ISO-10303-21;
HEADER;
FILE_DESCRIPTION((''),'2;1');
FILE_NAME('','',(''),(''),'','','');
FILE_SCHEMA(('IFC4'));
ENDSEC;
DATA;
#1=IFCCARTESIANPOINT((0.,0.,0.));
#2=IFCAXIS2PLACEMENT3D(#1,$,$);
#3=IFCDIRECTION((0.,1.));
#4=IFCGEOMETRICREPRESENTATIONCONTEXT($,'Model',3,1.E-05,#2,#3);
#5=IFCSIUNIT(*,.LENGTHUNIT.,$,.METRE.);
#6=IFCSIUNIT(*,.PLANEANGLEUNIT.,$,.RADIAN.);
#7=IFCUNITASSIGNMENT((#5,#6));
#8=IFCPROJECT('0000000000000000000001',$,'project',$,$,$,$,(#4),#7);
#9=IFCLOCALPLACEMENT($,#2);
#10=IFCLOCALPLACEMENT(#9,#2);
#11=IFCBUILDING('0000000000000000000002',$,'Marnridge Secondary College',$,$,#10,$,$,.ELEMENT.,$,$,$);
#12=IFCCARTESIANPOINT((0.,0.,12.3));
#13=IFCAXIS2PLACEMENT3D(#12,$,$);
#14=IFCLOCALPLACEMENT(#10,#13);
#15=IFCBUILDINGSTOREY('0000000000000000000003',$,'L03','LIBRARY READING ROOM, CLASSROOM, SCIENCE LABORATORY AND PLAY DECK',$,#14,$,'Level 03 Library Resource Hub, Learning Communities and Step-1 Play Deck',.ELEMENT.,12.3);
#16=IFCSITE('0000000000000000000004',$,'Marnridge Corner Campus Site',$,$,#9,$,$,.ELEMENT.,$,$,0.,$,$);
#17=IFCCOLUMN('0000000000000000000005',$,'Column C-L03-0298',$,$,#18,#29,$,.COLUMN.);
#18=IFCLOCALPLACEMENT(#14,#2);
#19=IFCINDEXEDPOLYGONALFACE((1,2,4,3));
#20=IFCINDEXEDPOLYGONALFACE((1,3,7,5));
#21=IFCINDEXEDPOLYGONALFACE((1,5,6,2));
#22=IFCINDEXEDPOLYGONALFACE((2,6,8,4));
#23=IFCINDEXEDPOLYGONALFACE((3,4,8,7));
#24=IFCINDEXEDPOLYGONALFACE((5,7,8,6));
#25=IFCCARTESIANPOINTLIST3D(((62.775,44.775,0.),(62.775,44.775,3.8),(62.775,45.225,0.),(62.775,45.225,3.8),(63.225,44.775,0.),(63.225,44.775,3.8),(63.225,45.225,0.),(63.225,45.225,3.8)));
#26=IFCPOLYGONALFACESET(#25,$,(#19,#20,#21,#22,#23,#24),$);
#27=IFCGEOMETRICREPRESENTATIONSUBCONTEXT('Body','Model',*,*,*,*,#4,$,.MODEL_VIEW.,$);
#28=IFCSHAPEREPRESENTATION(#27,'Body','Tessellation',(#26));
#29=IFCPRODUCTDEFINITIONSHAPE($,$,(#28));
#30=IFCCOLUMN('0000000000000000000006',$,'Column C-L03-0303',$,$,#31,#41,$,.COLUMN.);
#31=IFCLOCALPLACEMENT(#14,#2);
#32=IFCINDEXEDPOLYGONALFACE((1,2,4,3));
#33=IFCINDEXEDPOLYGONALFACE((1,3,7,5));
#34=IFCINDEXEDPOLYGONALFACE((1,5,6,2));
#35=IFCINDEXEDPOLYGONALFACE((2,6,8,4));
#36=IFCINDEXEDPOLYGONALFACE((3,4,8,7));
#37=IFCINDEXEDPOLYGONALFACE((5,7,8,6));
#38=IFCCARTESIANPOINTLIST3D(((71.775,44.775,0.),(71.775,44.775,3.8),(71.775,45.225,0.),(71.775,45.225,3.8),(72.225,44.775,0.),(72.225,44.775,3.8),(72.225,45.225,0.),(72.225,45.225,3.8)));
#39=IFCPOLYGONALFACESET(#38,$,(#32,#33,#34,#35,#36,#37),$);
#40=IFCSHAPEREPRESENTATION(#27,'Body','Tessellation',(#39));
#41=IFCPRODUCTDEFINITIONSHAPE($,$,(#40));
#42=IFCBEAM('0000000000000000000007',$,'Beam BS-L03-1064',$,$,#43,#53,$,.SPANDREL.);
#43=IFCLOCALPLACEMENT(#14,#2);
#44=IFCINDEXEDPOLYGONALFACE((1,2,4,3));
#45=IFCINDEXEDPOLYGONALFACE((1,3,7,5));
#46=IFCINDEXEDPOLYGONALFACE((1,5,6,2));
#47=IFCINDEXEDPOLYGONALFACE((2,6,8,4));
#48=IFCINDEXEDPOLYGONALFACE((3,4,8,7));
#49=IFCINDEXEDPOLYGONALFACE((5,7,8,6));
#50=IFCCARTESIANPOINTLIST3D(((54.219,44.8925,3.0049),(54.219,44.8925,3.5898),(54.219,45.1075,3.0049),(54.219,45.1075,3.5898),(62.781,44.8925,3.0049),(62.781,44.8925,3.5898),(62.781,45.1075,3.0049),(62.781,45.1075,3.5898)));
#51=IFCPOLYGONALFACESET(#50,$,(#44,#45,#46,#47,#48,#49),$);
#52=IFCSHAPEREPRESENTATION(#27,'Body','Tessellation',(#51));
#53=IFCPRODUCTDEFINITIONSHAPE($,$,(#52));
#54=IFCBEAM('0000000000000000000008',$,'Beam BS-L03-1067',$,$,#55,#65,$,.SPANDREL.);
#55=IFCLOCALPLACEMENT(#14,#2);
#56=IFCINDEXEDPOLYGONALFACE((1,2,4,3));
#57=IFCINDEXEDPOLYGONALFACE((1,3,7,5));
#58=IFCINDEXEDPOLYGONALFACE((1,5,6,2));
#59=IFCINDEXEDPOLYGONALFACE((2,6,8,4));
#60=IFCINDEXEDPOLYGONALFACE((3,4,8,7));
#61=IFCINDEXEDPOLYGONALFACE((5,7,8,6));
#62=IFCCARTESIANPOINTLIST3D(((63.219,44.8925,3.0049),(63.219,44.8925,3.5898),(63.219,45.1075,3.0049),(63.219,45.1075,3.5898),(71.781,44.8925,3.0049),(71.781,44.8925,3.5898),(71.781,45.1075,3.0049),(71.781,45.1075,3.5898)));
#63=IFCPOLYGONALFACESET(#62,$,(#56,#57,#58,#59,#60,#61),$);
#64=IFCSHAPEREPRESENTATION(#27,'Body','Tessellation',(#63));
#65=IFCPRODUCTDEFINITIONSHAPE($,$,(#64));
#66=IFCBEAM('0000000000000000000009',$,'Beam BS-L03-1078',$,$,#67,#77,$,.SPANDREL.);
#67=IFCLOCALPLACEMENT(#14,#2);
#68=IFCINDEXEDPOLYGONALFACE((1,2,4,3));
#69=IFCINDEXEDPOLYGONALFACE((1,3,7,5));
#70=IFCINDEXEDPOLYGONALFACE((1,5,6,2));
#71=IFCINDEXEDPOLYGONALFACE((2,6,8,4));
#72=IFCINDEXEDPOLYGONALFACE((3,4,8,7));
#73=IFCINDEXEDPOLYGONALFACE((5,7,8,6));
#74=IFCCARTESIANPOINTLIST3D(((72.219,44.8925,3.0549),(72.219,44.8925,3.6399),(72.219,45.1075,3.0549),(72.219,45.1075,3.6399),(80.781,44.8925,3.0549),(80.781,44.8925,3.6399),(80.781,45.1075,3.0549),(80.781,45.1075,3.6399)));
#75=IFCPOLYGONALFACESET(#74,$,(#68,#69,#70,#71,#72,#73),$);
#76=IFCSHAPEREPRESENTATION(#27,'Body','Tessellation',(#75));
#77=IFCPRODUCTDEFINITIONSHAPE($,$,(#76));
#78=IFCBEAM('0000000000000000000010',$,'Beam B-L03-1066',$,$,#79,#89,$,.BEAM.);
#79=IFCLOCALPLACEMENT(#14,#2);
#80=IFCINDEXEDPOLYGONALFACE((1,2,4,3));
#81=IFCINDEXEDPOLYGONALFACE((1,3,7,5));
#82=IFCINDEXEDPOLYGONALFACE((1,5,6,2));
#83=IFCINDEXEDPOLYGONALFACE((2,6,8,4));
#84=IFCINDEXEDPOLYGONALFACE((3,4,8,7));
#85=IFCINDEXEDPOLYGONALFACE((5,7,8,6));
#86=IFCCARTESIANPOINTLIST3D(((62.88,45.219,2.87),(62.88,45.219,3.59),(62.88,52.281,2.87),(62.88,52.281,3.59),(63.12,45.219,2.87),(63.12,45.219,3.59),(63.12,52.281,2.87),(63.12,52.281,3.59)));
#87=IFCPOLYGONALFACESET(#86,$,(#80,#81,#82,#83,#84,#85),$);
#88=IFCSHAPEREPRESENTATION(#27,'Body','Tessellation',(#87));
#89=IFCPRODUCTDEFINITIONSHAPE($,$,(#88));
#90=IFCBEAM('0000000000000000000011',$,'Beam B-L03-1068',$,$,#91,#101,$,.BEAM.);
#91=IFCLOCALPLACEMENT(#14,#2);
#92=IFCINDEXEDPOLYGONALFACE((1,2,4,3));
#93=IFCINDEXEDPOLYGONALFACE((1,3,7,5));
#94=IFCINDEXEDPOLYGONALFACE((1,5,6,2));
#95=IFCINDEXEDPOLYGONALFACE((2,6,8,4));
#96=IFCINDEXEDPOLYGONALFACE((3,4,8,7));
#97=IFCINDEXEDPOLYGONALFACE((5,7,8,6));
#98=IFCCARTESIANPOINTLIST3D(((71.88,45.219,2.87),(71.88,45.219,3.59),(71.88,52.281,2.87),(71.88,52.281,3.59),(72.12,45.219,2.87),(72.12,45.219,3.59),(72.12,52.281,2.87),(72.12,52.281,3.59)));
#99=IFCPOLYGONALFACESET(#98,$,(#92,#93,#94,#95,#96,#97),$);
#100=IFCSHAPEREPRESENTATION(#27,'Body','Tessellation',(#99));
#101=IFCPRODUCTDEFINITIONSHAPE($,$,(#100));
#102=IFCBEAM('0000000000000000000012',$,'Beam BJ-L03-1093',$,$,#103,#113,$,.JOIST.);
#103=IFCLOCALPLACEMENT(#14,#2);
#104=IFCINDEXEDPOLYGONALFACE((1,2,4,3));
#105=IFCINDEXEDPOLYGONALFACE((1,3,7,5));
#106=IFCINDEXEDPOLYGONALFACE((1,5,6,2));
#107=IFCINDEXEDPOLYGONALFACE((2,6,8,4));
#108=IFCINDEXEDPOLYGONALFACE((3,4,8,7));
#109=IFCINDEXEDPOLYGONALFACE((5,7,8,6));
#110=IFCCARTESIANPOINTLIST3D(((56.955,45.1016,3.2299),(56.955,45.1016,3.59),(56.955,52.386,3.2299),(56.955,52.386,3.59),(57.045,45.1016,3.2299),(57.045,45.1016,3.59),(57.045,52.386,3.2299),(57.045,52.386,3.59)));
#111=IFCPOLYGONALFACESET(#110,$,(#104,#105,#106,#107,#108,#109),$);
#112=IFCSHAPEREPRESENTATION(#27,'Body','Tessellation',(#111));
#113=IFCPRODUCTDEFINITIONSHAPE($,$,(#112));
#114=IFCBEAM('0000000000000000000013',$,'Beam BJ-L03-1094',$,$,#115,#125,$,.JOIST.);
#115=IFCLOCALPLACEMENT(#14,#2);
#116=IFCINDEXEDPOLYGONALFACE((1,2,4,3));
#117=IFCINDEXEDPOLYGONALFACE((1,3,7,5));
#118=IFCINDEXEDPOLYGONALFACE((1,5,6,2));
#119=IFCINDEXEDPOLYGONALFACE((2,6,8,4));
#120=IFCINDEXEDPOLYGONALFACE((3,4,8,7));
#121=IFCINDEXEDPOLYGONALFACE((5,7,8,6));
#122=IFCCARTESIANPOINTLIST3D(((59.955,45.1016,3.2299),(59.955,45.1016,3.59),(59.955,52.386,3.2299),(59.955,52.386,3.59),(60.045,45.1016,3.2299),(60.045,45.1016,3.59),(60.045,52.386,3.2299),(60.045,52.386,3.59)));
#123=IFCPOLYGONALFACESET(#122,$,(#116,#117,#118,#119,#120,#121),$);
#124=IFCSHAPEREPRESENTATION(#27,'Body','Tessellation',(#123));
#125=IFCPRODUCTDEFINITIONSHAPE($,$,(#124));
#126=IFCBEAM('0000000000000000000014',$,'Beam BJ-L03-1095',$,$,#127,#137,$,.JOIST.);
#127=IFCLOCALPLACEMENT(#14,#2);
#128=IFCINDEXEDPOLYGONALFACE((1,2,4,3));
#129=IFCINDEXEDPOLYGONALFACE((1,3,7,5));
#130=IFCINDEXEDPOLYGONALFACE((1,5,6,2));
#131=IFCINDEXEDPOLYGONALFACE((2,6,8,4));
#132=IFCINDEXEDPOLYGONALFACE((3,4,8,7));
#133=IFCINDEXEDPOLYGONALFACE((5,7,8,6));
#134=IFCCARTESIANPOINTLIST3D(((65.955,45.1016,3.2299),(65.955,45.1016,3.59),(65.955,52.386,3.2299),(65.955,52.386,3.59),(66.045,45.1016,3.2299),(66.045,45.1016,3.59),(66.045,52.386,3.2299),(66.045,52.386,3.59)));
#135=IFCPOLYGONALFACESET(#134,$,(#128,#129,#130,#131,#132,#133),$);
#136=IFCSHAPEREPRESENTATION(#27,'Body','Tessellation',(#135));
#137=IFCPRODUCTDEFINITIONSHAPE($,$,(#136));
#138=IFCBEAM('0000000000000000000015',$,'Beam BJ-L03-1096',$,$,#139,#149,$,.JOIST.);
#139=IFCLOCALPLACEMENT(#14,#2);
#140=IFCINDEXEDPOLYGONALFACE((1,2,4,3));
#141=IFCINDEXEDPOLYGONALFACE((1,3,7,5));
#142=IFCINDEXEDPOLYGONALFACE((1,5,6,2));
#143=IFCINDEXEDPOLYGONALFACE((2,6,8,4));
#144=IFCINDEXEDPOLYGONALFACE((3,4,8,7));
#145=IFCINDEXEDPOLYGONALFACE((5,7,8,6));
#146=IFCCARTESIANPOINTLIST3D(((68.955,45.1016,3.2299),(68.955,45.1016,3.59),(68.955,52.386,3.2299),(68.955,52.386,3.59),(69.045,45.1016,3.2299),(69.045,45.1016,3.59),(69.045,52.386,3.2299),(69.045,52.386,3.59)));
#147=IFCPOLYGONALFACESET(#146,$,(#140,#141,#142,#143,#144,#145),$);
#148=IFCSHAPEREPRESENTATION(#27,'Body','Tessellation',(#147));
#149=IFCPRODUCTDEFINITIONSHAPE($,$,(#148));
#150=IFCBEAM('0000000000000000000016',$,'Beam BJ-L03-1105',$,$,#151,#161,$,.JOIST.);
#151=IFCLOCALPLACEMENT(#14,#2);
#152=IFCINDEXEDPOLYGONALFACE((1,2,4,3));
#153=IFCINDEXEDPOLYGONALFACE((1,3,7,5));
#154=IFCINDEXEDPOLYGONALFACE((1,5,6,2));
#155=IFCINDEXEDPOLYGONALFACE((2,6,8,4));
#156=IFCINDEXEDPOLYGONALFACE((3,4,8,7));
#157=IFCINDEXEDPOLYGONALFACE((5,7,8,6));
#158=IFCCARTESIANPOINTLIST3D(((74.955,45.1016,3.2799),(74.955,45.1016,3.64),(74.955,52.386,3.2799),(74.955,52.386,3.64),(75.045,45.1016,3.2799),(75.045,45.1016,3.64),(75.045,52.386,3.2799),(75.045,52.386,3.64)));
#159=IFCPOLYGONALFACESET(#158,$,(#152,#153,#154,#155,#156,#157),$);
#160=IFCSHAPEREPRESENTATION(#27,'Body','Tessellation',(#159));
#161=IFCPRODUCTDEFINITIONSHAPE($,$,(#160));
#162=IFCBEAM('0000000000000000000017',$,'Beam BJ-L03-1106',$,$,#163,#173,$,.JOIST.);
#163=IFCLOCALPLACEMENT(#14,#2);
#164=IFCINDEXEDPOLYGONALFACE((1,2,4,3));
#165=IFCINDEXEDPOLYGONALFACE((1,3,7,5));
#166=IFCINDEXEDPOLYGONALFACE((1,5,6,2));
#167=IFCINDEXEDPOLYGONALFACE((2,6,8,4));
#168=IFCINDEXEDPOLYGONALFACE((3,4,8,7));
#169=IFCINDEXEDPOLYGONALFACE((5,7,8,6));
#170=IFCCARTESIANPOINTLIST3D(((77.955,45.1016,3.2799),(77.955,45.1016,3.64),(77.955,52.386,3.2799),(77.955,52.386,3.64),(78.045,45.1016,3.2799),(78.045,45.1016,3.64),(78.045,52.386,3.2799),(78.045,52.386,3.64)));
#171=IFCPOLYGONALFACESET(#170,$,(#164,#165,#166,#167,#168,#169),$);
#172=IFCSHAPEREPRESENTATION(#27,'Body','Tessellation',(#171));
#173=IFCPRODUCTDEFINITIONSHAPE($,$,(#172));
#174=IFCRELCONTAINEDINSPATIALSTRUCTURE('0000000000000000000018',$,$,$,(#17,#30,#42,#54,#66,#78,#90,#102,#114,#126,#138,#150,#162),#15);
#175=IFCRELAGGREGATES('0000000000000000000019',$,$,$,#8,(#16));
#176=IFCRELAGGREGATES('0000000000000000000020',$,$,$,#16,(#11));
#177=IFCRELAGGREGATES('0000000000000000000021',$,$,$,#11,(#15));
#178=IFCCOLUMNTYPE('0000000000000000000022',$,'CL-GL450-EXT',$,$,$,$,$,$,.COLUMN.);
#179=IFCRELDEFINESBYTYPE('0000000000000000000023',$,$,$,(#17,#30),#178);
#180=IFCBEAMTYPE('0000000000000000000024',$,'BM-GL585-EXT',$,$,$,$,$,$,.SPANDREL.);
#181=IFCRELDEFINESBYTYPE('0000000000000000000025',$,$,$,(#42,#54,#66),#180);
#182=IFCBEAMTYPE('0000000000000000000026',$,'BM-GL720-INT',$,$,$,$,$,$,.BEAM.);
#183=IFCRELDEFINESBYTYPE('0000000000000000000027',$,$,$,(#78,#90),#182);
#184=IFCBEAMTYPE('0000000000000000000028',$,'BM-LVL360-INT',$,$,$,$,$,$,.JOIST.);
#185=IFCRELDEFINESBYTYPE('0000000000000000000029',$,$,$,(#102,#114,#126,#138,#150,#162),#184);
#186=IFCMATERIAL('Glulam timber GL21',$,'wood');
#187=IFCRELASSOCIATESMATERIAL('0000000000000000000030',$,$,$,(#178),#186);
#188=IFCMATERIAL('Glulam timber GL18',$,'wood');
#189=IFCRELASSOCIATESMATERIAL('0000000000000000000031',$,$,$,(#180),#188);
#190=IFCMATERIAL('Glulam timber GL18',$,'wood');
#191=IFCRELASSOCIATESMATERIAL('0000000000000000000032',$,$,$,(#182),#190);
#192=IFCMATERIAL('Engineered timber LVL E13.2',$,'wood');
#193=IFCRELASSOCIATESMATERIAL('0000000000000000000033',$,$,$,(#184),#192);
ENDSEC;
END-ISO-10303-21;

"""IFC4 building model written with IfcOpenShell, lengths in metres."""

from ifc_helpers import new_model, si_unit, direction, frame, origin, origin_2d, place, context, subcontext, project, spatial, rectangle, extrude, material, material_profile, profile_set, type_object, element, save


model = new_model("IFC4")

# Units and contexts
model_context = context("Model", 3, precision=1e-05, world=origin(), true_north=direction((0.0, 1.0)))
body_context = subcontext(model_context, "Body", "Model", "MODEL_VIEW")
ifc_project = project(units=[si_unit("LENGTHUNIT", "METRE"), si_unit("PLANEANGLEUNIT", "RADIAN")], contexts=[model_context])

# Site, building, storey
site_placement = place(None, origin())
site = spatial("IfcSite", under=ifc_project, at=site_placement, Name="Marnridge Corner Campus Site", CompositionType="ELEMENT", RefElevation=0.0)
building_placement = place(site_placement, origin())
building = spatial("IfcBuilding", under=site, at=building_placement, Name="Marnridge Secondary College", CompositionType="ELEMENT")
storey_placement = place(building_placement, frame((0.0, 0.0, 12.3)))
storey = spatial("IfcBuildingStorey", under=building, at=storey_placement, Name="L03", Description="LIBRARY READING ROOM, CLASSROOM, SCIENCE LABORATORY AND PLAY DECK", LongName="Level 03 Library Resource Hub, Learning Communities and Step-1 Play Deck", CompositionType="ELEMENT", Elevation=12.3)

# Columns
ifc_material_1 = material(Name="Glulam timber GL21", Category="wood")
ifc_material_profile_1 = material_profile(ifc_material_1, rectangle(XDim=0.45, YDim=0.45, at=origin_2d()), Name="GL21 450x450")
ifc_profile_set_1 = profile_set([ifc_material_profile_1], Name="Glulam timber GL21")
column_type = type_object("IfcColumnType", Name="CL-GL450-EXT", PredefinedType="COLUMN", material=ifc_profile_set_1)
for number, where, z_axis, x_axis, name in (
    (1, (63.0, 45.0, 0.0), (0.0, 0.0, 1.0), (1.0, 0.0, 0.0), "Column C-L03-0298"),
    (2, (72.0, 45.0, 0.0), (0.0, 0.0, 1.0), (1.0, 0.0, 0.0), "Column C-L03-0303"),
):
    element("IfcColumn", number, at=place(storey_placement, frame(where, z_axis=z_axis, x_axis=x_axis)), inside=storey, type_object=column_type, Name=name, PredefinedType="COLUMN", context=body_context, shape_type="SweptSolid", body=[
        extrude(rectangle(XDim=0.45, YDim=0.45, at=origin_2d()), origin(), (0.0, 0.0, 1.0), 3.8),
    ])

# Beams
ifc_material_2 = material(Name="Glulam timber GL18", Category="wood")
ifc_material_profile_2 = material_profile(ifc_material_2, rectangle(XDim=0.2151, YDim=0.585, at=origin_2d()), Name="GL18 215x585")
ifc_profile_set_2 = profile_set([ifc_material_profile_2], Name="Glulam timber GL18")
beam_type_1 = type_object("IfcBeamType", Name="BM-GL585-EXT", PredefinedType="SPANDREL", material=ifc_profile_set_2)
for number, where, z_axis, x_axis, name in (
    (3, (54.219, 45.0, 3.2974), (1.0, 0.0, 0.0), (0.0, 1.0, 0.0), "Beam BS-L03-1064"),
    (4, (63.219, 45.0, 3.2974), (1.0, 0.0, 0.0), (0.0, 1.0, 0.0), "Beam BS-L03-1067"),
    (5, (72.219, 45.0, 3.3474), (1.0, 0.0, 0.0), (0.0, 1.0, 0.0), "Beam BS-L03-1078"),
):
    element("IfcBeam", number, at=place(storey_placement, frame(where, z_axis=z_axis, x_axis=x_axis)), inside=storey, type_object=beam_type_1, Name=name, PredefinedType="SPANDREL", context=body_context, shape_type="SweptSolid", body=[
        extrude(rectangle(XDim=0.2151, YDim=0.585, at=origin_2d()), origin(), (0.0, 0.0, 1.0), 8.562),
    ])
ifc_material_3 = material(Name="Glulam timber GL18", Category="wood")
ifc_material_profile_3 = material_profile(ifc_material_3, rectangle(XDim=0.24, YDim=0.72, at=origin_2d()), Name="GL18 240x720")
ifc_profile_set_3 = profile_set([ifc_material_profile_3], Name="Glulam timber GL18")
beam_type_2 = type_object("IfcBeamType", Name="BM-GL720-INT", PredefinedType="BEAM", material=ifc_profile_set_3)
for number, where, z_axis, x_axis, name in (
    (6, (63.0, 45.219, 3.23), (0.0, 1.0, 0.0), (-1.0, 0.0, 0.0), "Beam B-L03-1066"),
    (7, (72.0, 45.219, 3.23), (0.0, 1.0, 0.0), (-1.0, 0.0, 0.0), "Beam B-L03-1068"),
):
    element("IfcBeam", number, at=place(storey_placement, frame(where, z_axis=z_axis, x_axis=x_axis)), inside=storey, type_object=beam_type_2, Name=name, PredefinedType="BEAM", context=body_context, shape_type="SweptSolid", body=[
        extrude(rectangle(XDim=0.24, YDim=0.72, at=origin_2d()), origin(), (0.0, 0.0, 1.0), 7.062),
    ])
ifc_material_4 = material(Name="Engineered timber LVL E13.2", Category="wood")
ifc_material_profile_4 = material_profile(ifc_material_4, rectangle(XDim=0.0901, YDim=0.3601, at=origin_2d()), Name="LVL 90x360")
ifc_profile_set_4 = profile_set([ifc_material_profile_4], Name="Engineered timber LVL E13.2")
beam_type_3 = type_object("IfcBeamType", Name="BM-LVL360-INT", PredefinedType="JOIST", material=ifc_profile_set_4)
for number, where, z_axis, x_axis, name in (
    (8, (57.0, 45.1016, 3.4099), (0.0, 1.0, 0.0), (-1.0, 0.0, 0.0), "Beam BJ-L03-1093"),
    (9, (60.0, 45.1016, 3.4099), (0.0, 1.0, 0.0), (-1.0, 0.0, 0.0), "Beam BJ-L03-1094"),
    (10, (66.0, 45.1016, 3.4099), (0.0, 1.0, 0.0), (-1.0, 0.0, 0.0), "Beam BJ-L03-1095"),
    (11, (69.0, 45.1016, 3.4099), (0.0, 1.0, 0.0), (-1.0, 0.0, 0.0), "Beam BJ-L03-1096"),
    (12, (75.0, 45.1016, 3.46), (0.0, 1.0, 0.0), (-1.0, 0.0, 0.0), "Beam BJ-L03-1105"),
    (13, (78.0, 45.1016, 3.46), (0.0, 1.0, 0.0), (-1.0, 0.0, 0.0), "Beam BJ-L03-1106"),
):
    element("IfcBeam", number, at=place(storey_placement, frame(where, z_axis=z_axis, x_axis=x_axis)), inside=storey, type_object=beam_type_3, Name=name, PredefinedType="JOIST", context=body_context, shape_type="SweptSolid", body=[
        extrude(rectangle(XDim=0.0901, YDim=0.3601, at=origin_2d()), origin(), (0.0, 0.0, 1.0), 7.2844),
    ])

save(model, "model.ifc")
